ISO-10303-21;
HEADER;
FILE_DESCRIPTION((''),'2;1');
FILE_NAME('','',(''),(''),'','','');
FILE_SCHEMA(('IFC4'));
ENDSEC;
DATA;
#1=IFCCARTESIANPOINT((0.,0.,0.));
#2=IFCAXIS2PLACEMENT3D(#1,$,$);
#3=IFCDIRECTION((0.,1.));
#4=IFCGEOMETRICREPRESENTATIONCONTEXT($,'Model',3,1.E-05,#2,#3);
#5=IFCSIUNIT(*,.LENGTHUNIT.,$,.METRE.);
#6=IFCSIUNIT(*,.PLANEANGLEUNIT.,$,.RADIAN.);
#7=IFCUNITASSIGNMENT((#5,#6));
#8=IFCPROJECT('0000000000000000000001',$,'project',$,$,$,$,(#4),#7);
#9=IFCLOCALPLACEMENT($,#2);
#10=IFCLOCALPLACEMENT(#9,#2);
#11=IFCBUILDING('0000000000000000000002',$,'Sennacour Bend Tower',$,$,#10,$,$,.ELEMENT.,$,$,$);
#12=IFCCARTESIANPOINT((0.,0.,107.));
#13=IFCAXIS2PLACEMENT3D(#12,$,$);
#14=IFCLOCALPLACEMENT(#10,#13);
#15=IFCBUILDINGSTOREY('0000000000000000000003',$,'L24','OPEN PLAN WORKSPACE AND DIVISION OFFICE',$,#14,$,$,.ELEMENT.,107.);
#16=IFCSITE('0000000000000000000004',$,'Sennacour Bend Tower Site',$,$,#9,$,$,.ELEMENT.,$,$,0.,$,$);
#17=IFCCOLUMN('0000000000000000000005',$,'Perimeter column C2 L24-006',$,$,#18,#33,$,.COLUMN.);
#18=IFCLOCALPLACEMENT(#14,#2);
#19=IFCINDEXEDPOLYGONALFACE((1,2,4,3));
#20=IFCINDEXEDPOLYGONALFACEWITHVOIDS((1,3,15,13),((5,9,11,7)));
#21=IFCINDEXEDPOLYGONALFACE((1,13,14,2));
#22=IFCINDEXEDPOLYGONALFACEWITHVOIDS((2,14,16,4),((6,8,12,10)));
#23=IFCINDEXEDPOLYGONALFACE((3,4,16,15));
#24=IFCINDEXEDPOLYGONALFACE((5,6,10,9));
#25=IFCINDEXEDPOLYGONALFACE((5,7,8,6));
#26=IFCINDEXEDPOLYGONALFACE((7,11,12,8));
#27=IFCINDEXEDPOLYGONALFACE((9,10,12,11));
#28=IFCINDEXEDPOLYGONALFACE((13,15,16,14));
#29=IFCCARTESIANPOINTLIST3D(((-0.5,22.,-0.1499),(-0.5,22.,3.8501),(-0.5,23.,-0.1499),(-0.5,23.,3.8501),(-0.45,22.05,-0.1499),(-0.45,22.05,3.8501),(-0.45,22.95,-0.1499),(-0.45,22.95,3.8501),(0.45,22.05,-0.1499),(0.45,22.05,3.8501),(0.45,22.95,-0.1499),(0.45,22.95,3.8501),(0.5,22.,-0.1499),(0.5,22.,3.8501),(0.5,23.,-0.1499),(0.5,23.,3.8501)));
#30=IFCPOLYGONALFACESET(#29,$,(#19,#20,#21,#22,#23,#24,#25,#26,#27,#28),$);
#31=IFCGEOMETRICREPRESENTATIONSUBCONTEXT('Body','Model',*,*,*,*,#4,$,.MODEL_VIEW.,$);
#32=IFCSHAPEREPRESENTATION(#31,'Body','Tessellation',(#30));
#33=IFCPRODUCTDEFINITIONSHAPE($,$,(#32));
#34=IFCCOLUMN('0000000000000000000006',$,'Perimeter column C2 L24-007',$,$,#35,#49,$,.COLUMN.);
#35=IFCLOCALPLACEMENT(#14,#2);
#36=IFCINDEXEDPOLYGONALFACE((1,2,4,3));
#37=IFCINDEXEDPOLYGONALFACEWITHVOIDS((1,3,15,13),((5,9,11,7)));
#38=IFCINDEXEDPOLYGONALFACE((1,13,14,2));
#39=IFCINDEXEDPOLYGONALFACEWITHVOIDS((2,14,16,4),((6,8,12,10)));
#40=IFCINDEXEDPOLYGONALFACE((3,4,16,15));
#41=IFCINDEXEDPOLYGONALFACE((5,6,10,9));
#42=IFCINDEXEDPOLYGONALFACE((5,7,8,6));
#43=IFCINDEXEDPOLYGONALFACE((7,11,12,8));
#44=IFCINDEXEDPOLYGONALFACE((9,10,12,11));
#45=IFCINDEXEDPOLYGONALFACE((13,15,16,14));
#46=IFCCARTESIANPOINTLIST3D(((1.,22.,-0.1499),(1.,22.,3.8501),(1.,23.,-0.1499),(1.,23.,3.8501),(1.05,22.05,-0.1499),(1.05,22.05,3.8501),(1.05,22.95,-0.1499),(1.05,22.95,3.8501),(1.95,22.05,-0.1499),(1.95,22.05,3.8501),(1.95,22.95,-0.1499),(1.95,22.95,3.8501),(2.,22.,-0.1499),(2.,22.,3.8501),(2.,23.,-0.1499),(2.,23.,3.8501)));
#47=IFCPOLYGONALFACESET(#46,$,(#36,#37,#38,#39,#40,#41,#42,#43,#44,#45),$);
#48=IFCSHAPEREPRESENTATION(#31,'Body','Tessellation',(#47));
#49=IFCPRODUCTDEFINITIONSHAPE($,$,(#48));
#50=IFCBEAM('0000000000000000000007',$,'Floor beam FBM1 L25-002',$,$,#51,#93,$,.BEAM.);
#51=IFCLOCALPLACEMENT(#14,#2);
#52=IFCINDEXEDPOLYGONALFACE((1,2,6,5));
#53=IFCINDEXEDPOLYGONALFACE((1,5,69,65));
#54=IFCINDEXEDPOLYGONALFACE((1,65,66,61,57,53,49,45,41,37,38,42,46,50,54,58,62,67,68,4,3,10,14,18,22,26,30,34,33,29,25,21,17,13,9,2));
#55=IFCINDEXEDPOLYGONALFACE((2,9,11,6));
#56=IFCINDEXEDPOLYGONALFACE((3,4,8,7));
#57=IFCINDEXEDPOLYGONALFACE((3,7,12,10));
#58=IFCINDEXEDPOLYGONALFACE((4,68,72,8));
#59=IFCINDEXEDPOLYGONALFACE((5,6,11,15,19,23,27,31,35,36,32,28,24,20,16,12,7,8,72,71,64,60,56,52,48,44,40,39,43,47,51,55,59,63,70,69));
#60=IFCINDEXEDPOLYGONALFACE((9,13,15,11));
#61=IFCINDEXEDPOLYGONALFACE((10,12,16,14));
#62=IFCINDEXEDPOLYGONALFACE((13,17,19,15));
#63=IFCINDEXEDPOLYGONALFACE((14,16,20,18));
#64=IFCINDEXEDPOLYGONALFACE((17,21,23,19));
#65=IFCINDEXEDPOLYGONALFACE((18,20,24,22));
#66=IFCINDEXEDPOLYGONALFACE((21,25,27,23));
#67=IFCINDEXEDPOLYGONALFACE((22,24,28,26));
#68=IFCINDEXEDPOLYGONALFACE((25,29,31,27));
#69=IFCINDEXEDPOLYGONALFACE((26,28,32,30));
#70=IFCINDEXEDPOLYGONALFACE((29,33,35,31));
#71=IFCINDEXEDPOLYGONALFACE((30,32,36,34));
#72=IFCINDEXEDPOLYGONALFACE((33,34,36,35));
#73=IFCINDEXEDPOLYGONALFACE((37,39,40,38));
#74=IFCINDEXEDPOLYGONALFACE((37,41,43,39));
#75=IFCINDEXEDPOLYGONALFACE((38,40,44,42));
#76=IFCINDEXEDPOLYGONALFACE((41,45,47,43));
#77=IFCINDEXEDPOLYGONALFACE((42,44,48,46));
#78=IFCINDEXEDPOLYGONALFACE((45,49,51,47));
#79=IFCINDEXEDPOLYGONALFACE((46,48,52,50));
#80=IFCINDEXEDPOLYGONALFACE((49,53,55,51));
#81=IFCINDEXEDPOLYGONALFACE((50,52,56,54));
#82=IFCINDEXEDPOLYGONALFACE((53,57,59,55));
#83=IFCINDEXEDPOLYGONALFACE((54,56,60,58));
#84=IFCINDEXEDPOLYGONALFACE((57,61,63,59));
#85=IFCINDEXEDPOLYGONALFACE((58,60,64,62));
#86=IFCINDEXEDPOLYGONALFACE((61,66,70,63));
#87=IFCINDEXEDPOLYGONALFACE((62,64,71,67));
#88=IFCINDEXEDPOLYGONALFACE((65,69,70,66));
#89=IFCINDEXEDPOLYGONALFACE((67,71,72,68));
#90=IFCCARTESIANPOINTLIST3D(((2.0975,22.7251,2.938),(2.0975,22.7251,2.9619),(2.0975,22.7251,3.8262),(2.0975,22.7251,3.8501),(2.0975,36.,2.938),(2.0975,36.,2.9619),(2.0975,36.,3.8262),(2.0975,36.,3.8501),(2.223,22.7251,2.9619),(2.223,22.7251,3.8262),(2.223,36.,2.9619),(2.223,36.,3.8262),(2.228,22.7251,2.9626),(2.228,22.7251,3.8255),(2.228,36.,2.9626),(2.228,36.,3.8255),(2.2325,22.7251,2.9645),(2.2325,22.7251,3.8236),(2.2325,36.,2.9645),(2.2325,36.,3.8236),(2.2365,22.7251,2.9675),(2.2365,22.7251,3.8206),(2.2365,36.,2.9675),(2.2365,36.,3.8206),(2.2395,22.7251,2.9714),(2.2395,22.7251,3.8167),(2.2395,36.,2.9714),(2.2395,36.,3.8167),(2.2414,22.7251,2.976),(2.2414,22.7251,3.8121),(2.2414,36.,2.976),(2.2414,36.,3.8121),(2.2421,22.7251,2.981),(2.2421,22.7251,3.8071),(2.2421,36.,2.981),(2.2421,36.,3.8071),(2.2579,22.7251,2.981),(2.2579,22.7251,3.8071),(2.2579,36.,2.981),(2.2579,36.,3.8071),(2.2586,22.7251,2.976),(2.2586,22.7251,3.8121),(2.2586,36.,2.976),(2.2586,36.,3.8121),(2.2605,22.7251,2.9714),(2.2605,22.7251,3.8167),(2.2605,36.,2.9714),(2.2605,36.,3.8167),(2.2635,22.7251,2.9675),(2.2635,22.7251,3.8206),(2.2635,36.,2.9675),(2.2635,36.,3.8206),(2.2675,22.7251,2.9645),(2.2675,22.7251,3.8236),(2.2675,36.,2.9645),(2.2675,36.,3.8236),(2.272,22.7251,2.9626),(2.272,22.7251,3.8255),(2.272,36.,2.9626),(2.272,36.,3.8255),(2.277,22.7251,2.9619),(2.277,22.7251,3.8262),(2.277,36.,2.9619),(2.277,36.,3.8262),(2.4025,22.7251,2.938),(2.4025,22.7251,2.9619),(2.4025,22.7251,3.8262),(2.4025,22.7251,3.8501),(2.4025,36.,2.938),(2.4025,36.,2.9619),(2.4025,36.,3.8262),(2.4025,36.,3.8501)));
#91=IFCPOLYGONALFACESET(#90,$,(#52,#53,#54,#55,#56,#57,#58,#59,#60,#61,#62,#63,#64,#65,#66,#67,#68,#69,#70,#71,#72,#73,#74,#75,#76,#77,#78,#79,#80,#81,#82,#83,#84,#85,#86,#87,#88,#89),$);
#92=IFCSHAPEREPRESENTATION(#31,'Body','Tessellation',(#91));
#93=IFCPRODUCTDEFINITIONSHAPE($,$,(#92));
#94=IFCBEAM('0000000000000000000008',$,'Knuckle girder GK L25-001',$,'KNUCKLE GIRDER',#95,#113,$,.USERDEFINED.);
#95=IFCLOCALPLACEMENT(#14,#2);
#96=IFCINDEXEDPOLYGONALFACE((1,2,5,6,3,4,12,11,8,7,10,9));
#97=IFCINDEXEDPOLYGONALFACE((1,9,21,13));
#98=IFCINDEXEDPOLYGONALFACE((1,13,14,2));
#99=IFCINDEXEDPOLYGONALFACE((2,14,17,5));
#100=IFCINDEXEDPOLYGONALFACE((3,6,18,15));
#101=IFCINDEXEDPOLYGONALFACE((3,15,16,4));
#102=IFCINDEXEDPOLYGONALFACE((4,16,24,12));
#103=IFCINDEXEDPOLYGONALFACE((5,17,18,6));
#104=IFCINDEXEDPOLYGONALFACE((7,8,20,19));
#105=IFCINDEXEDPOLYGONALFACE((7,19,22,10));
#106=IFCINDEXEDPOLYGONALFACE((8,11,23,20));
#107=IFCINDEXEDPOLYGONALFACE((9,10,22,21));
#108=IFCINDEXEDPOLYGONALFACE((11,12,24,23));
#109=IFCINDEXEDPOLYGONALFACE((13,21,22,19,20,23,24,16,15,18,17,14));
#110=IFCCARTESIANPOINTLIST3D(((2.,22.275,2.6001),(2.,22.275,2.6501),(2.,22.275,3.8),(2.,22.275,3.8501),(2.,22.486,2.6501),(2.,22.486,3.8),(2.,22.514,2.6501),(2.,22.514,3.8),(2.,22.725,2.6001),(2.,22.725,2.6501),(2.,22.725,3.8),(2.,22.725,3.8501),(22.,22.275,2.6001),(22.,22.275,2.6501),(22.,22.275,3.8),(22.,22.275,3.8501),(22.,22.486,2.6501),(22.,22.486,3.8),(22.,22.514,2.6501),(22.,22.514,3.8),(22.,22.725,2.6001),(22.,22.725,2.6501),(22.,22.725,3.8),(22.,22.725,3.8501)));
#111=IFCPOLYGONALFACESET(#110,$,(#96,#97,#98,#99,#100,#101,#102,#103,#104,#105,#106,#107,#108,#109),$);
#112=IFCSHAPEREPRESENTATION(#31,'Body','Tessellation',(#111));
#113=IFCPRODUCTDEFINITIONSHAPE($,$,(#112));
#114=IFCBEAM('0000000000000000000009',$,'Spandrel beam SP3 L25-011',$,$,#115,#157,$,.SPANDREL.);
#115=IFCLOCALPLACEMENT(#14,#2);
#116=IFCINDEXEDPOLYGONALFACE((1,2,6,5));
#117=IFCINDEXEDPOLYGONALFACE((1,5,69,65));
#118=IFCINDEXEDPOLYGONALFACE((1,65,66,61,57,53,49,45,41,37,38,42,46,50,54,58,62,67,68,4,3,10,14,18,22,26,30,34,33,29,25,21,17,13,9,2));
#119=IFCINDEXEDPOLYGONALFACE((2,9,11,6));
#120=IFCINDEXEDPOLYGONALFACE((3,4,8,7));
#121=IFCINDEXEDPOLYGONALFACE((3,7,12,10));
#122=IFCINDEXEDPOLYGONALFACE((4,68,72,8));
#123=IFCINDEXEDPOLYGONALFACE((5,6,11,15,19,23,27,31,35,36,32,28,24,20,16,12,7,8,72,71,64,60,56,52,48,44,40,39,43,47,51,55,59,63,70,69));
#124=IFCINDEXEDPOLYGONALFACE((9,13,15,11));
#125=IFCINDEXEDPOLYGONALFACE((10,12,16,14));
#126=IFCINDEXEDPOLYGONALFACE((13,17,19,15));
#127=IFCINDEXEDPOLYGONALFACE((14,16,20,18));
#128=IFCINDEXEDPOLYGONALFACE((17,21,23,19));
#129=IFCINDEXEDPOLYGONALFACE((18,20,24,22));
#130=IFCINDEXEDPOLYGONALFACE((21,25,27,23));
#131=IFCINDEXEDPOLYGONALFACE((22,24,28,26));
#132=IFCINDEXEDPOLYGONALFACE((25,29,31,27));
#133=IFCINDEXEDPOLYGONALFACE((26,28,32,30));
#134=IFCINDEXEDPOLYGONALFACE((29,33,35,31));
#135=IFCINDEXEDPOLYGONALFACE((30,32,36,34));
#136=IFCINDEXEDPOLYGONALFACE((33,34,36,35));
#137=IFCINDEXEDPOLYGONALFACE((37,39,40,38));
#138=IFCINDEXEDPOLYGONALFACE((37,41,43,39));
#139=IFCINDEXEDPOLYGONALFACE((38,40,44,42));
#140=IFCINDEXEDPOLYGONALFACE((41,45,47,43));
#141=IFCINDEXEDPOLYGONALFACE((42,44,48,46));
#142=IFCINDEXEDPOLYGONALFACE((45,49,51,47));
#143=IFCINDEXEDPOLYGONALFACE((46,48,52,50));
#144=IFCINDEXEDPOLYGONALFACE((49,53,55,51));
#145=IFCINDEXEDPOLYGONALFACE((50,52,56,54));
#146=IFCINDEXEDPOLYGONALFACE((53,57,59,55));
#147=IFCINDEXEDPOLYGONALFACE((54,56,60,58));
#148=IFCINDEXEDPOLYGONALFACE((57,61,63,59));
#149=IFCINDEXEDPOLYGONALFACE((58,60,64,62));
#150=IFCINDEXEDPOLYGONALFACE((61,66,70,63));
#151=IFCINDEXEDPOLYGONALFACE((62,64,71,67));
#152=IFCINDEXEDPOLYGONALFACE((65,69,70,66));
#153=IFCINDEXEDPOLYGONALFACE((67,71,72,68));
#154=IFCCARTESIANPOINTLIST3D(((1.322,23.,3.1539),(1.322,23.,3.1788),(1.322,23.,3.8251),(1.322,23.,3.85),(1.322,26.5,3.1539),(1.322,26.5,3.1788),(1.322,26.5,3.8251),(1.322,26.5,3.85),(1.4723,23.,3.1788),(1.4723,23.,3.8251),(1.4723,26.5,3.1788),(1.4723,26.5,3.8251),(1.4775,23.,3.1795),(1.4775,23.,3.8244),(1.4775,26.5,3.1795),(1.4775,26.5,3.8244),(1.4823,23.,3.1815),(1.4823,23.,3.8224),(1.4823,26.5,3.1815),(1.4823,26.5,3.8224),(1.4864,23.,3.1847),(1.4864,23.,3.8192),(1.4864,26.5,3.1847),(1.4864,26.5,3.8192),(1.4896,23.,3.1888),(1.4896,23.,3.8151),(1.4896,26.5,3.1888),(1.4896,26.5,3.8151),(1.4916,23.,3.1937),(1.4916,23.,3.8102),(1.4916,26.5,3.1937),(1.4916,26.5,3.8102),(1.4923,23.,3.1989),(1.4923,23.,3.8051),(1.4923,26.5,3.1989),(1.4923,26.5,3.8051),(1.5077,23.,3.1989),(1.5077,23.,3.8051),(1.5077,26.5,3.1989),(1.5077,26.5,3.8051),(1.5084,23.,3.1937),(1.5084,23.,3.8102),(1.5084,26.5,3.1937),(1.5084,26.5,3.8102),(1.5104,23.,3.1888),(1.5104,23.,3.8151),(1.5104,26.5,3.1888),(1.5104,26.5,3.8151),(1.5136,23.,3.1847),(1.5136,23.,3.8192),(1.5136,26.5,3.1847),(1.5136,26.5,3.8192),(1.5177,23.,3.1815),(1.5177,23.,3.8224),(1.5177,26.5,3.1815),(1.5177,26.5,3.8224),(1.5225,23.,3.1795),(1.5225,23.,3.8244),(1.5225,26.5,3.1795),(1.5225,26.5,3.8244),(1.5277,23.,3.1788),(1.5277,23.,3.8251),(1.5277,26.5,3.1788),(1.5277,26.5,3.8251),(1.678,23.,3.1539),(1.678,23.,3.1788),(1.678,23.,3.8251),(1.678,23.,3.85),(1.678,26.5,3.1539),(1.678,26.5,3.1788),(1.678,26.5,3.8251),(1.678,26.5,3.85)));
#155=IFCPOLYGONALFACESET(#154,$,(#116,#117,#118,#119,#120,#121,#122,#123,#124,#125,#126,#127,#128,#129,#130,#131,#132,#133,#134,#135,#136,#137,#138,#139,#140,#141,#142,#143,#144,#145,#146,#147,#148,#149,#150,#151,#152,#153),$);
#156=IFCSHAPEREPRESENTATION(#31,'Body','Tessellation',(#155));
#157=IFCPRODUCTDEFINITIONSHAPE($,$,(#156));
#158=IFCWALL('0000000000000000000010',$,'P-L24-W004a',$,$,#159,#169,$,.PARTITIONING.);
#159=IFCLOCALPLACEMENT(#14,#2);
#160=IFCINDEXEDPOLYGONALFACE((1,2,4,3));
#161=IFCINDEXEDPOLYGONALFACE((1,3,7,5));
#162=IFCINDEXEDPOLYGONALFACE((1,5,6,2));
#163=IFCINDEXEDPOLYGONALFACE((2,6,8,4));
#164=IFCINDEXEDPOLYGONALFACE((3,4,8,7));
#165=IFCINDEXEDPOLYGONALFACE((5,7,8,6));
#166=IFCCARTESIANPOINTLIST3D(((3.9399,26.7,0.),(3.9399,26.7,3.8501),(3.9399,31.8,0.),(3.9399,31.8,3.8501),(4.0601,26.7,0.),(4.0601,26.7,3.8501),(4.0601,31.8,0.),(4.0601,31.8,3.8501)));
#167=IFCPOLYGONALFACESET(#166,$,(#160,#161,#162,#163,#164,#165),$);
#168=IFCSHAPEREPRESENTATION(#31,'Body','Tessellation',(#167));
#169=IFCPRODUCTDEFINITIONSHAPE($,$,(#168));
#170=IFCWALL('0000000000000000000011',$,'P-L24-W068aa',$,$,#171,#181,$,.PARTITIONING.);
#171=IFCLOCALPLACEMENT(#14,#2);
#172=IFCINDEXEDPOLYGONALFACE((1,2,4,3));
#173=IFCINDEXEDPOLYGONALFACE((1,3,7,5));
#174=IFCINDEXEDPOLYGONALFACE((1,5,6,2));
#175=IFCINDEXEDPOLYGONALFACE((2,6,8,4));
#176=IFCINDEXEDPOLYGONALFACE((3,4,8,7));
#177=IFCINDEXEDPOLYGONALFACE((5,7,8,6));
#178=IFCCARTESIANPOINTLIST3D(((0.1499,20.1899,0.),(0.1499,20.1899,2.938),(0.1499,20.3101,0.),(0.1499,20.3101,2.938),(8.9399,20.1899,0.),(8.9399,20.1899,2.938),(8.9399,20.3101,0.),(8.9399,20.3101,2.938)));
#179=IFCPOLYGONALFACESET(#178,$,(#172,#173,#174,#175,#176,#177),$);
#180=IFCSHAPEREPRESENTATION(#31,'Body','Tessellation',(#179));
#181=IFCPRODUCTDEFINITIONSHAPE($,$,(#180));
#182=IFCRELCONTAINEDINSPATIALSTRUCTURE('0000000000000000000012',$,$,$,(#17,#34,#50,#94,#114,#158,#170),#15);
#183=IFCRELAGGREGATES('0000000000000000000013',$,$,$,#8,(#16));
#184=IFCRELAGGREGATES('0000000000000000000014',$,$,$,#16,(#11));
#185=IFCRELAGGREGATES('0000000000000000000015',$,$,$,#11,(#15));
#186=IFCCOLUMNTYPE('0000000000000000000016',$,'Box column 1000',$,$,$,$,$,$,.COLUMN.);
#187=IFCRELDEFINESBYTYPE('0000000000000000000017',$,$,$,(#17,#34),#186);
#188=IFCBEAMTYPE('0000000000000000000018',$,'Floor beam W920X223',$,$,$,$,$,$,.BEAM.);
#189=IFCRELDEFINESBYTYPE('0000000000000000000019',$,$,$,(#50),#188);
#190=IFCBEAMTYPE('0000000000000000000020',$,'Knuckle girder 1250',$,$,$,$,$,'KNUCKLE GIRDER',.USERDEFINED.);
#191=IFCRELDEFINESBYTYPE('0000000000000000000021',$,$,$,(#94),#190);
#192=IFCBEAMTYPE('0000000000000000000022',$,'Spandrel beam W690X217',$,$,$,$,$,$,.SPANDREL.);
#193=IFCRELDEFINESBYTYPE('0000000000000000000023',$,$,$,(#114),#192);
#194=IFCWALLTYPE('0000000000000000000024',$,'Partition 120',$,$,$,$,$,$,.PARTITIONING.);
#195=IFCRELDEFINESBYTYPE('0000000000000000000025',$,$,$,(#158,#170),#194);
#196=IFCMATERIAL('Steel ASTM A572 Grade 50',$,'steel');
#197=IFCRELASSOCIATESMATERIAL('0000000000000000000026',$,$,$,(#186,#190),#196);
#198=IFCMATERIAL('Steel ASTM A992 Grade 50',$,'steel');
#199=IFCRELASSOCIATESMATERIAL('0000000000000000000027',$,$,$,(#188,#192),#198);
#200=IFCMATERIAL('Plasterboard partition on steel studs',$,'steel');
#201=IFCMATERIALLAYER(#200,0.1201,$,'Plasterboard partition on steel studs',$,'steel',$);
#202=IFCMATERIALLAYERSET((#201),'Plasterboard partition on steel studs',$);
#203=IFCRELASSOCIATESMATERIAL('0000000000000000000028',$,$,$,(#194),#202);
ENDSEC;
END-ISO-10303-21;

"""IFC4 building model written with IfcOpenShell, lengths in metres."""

from ifc_helpers import new_model, si_unit, direction, frame, frame_2d, origin, origin_2d, place, context, subcontext, project, spatial, rectangle, hollow_rectangle, i_section, extrude, material, layer, layer_set, material_profile, profile_set, type_object, element, save


model = new_model("IFC4")

# Units and contexts
model_context = context("Model", 3, precision=1e-05, world=origin(), true_north=direction((0.0, 1.0)))
body_context = subcontext(model_context, "Body", "Model", "MODEL_VIEW")
ifc_project = project(units=[si_unit("LENGTHUNIT", "METRE"), si_unit("PLANEANGLEUNIT", "RADIAN")], contexts=[model_context])

# Site, building, storey
site_placement = place(None, origin())
site = spatial("IfcSite", under=ifc_project, at=site_placement, Name="Sennacour Bend Tower Site", CompositionType="ELEMENT", RefElevation=0.0)
building_placement = place(site_placement, origin())
building = spatial("IfcBuilding", under=site, at=building_placement, Name="Sennacour Bend Tower", CompositionType="ELEMENT")
storey_placement = place(building_placement, frame((0.0, 0.0, 107.0)))
storey = spatial("IfcBuildingStorey", under=building, at=storey_placement, Name="L24", Description="OPEN PLAN WORKSPACE AND DIVISION OFFICE", CompositionType="ELEMENT", Elevation=107.0)

# Columns
ifc_material_1 = material(Name="Steel ASTM A572 Grade 50", Category="steel")
ifc_material_profile_1 = material_profile(ifc_material_1, hollow_rectangle(XDim=1.0, YDim=1.0, WallThickness=0.05, at=origin_2d()), Name="Steel ASTM A572 Grade 50", Category="steel")
ifc_profile_set_1 = profile_set([ifc_material_profile_1], Name="Steel ASTM A572 Grade 50")
column_type = type_object("IfcColumnType", Name="Box column 1000", PredefinedType="COLUMN", material=ifc_profile_set_1)
for number, where, z_axis, x_axis, name in (
    (1, (0.0, 22.5, -0.1499), (0.0, 0.0, 1.0), (1.0, 0.0, 0.0), "Perimeter column C2 L24-006"),
    (2, (1.5, 22.5, -0.1499), (0.0, 0.0, 1.0), (1.0, 0.0, 0.0), "Perimeter column C2 L24-007"),
):
    element("IfcColumn", number, at=place(storey_placement, frame(where, z_axis=z_axis, x_axis=x_axis)), inside=storey, type_object=column_type, Name=name, PredefinedType="COLUMN", context=body_context, shape_type="SweptSolid", body=[
        extrude(hollow_rectangle(XDim=1.0, YDim=1.0, WallThickness=0.05, at=origin_2d()), origin(), (0.0, 0.0, 1.0), 4.0),
    ])

# Beams
ifc_material_2 = material(Name="Steel ASTM A992 Grade 50", Category="steel")
ifc_material_profile_2 = material_profile(ifc_material_2, i_section(OverallWidth=0.3049, OverallDepth=0.9121, WebThickness=0.0159, FlangeThickness=0.0239, FilletRadius=0.019, at=origin_2d()), Name="Steel ASTM A992 Grade 50", Category="steel")
ifc_profile_set_2 = profile_set([ifc_material_profile_2], Name="Steel ASTM A992 Grade 50")
beam_type_1 = type_object("IfcBeamType", Name="Floor beam W920X223", PredefinedType="BEAM", material=ifc_profile_set_2)
beam_1_placement = place(storey_placement, frame((2.25, 22.7251, 3.394), z_axis=(0.0, 1.0, 0.0), x_axis=(-1.0, 0.0, 0.0)))
element("IfcBeam", 3, at=beam_1_placement, inside=storey, type_object=beam_type_1, Name="Floor beam FBM1 L25-002", PredefinedType="BEAM", context=body_context, shape_type="SweptSolid", body=[
    extrude(i_section(OverallWidth=0.3049, OverallDepth=0.9121, WebThickness=0.0159, FlangeThickness=0.0239, FilletRadius=0.019, at=origin_2d()), origin(), (0.0, 0.0, 1.0), 13.2749),
])
ifc_material_profile_3 = material_profile(ifc_material_1, i_section(OverallWidth=0.45, OverallDepth=1.25, WebThickness=0.0281, FlangeThickness=0.05, at=origin_2d()), Name="Steel ASTM A572 Grade 50", Category="steel")
ifc_profile_set_3 = profile_set([ifc_material_profile_3], Name="Steel ASTM A572 Grade 50")
beam_type_2 = type_object("IfcBeamType", Name="Knuckle girder 1250", ElementType="KNUCKLE GIRDER", PredefinedType="USERDEFINED", material=ifc_profile_set_3)
beam_2_placement = place(storey_placement, frame((2.0, 22.5, 3.2251), z_axis=(1.0, 0.0, 0.0), x_axis=(0.0, 1.0, 0.0)))
element("IfcBeam", 4, at=beam_2_placement, inside=storey, type_object=beam_type_2, Name="Knuckle girder GK L25-001", ObjectType="KNUCKLE GIRDER", PredefinedType="USERDEFINED", context=body_context, shape_type="SweptSolid", body=[
    extrude(i_section(OverallWidth=0.45, OverallDepth=1.25, WebThickness=0.0281, FlangeThickness=0.05, at=origin_2d()), origin(), (0.0, 0.0, 1.0), 20.0),
])
ifc_material_profile_4 = material_profile(ifc_material_2, i_section(OverallWidth=0.356, OverallDepth=0.696, WebThickness=0.0154, FlangeThickness=0.0249, FilletRadius=0.02, at=origin_2d()), Name="Steel ASTM A992 Grade 50", Category="steel")
ifc_profile_set_4 = profile_set([ifc_material_profile_4], Name="Steel ASTM A992 Grade 50")
beam_type_3 = type_object("IfcBeamType", Name="Spandrel beam W690X217", PredefinedType="SPANDREL", material=ifc_profile_set_4)
beam_3_placement = place(storey_placement, frame((1.5, 23.0, 3.502), z_axis=(0.0, 1.0, 0.0), x_axis=(-1.0, 0.0, 0.0)))
element("IfcBeam", 5, at=beam_3_placement, inside=storey, type_object=beam_type_3, Name="Spandrel beam SP3 L25-011", PredefinedType="SPANDREL", context=body_context, shape_type="SweptSolid", body=[
    extrude(i_section(OverallWidth=0.356, OverallDepth=0.696, WebThickness=0.0154, FlangeThickness=0.0249, FilletRadius=0.02, at=origin_2d()), origin(), (0.0, 0.0, 1.0), 3.5),
])

# Walls
ifc_material_3 = material(Name="Plasterboard partition on steel studs", Category="steel")
ifc_layer_1 = layer(ifc_material_3, 0.1201, Name="Plasterboard partition on steel studs", Category="steel")
ifc_layer_set_1 = layer_set([ifc_layer_1], Name="Plasterboard partition on steel studs")
wall_type_1 = type_object("IfcWallType", Name="Partition 120", PredefinedType="PARTITIONING", material=ifc_layer_set_1)
wall_1_placement = place(storey_placement, frame((4.0, 26.7, 0.0), z_axis=(0.0, 0.0, 1.0), x_axis=(0.0, 1.0, 0.0)))
element("IfcWall", 6, at=wall_1_placement, inside=storey, type_object=wall_type_1, Name="P-L24-W004a", PredefinedType="PARTITIONING", context=body_context, shape_type="SweptSolid", body=[
    extrude(rectangle(XDim=5.1001, YDim=0.1201, at=frame_2d((2.55, 0.0))), origin(), (0.0, 0.0, 1.0), 3.8501),
])
wall_2_placement = place(storey_placement, frame((0.1499, 20.25, 0.0), z_axis=(0.0, 0.0, 1.0), x_axis=(1.0, 0.0, 0.0)))
element("IfcWall", 7, at=wall_2_placement, inside=storey, type_object=wall_type_1, Name="P-L24-W068aa", PredefinedType="PARTITIONING", context=body_context, shape_type="SweptSolid", body=[
    extrude(rectangle(XDim=8.79, YDim=0.1201, at=frame_2d((4.395, 0.0))), origin(), (0.0, 0.0, 1.0), 2.938),
])

save(model, "model.ifc")
